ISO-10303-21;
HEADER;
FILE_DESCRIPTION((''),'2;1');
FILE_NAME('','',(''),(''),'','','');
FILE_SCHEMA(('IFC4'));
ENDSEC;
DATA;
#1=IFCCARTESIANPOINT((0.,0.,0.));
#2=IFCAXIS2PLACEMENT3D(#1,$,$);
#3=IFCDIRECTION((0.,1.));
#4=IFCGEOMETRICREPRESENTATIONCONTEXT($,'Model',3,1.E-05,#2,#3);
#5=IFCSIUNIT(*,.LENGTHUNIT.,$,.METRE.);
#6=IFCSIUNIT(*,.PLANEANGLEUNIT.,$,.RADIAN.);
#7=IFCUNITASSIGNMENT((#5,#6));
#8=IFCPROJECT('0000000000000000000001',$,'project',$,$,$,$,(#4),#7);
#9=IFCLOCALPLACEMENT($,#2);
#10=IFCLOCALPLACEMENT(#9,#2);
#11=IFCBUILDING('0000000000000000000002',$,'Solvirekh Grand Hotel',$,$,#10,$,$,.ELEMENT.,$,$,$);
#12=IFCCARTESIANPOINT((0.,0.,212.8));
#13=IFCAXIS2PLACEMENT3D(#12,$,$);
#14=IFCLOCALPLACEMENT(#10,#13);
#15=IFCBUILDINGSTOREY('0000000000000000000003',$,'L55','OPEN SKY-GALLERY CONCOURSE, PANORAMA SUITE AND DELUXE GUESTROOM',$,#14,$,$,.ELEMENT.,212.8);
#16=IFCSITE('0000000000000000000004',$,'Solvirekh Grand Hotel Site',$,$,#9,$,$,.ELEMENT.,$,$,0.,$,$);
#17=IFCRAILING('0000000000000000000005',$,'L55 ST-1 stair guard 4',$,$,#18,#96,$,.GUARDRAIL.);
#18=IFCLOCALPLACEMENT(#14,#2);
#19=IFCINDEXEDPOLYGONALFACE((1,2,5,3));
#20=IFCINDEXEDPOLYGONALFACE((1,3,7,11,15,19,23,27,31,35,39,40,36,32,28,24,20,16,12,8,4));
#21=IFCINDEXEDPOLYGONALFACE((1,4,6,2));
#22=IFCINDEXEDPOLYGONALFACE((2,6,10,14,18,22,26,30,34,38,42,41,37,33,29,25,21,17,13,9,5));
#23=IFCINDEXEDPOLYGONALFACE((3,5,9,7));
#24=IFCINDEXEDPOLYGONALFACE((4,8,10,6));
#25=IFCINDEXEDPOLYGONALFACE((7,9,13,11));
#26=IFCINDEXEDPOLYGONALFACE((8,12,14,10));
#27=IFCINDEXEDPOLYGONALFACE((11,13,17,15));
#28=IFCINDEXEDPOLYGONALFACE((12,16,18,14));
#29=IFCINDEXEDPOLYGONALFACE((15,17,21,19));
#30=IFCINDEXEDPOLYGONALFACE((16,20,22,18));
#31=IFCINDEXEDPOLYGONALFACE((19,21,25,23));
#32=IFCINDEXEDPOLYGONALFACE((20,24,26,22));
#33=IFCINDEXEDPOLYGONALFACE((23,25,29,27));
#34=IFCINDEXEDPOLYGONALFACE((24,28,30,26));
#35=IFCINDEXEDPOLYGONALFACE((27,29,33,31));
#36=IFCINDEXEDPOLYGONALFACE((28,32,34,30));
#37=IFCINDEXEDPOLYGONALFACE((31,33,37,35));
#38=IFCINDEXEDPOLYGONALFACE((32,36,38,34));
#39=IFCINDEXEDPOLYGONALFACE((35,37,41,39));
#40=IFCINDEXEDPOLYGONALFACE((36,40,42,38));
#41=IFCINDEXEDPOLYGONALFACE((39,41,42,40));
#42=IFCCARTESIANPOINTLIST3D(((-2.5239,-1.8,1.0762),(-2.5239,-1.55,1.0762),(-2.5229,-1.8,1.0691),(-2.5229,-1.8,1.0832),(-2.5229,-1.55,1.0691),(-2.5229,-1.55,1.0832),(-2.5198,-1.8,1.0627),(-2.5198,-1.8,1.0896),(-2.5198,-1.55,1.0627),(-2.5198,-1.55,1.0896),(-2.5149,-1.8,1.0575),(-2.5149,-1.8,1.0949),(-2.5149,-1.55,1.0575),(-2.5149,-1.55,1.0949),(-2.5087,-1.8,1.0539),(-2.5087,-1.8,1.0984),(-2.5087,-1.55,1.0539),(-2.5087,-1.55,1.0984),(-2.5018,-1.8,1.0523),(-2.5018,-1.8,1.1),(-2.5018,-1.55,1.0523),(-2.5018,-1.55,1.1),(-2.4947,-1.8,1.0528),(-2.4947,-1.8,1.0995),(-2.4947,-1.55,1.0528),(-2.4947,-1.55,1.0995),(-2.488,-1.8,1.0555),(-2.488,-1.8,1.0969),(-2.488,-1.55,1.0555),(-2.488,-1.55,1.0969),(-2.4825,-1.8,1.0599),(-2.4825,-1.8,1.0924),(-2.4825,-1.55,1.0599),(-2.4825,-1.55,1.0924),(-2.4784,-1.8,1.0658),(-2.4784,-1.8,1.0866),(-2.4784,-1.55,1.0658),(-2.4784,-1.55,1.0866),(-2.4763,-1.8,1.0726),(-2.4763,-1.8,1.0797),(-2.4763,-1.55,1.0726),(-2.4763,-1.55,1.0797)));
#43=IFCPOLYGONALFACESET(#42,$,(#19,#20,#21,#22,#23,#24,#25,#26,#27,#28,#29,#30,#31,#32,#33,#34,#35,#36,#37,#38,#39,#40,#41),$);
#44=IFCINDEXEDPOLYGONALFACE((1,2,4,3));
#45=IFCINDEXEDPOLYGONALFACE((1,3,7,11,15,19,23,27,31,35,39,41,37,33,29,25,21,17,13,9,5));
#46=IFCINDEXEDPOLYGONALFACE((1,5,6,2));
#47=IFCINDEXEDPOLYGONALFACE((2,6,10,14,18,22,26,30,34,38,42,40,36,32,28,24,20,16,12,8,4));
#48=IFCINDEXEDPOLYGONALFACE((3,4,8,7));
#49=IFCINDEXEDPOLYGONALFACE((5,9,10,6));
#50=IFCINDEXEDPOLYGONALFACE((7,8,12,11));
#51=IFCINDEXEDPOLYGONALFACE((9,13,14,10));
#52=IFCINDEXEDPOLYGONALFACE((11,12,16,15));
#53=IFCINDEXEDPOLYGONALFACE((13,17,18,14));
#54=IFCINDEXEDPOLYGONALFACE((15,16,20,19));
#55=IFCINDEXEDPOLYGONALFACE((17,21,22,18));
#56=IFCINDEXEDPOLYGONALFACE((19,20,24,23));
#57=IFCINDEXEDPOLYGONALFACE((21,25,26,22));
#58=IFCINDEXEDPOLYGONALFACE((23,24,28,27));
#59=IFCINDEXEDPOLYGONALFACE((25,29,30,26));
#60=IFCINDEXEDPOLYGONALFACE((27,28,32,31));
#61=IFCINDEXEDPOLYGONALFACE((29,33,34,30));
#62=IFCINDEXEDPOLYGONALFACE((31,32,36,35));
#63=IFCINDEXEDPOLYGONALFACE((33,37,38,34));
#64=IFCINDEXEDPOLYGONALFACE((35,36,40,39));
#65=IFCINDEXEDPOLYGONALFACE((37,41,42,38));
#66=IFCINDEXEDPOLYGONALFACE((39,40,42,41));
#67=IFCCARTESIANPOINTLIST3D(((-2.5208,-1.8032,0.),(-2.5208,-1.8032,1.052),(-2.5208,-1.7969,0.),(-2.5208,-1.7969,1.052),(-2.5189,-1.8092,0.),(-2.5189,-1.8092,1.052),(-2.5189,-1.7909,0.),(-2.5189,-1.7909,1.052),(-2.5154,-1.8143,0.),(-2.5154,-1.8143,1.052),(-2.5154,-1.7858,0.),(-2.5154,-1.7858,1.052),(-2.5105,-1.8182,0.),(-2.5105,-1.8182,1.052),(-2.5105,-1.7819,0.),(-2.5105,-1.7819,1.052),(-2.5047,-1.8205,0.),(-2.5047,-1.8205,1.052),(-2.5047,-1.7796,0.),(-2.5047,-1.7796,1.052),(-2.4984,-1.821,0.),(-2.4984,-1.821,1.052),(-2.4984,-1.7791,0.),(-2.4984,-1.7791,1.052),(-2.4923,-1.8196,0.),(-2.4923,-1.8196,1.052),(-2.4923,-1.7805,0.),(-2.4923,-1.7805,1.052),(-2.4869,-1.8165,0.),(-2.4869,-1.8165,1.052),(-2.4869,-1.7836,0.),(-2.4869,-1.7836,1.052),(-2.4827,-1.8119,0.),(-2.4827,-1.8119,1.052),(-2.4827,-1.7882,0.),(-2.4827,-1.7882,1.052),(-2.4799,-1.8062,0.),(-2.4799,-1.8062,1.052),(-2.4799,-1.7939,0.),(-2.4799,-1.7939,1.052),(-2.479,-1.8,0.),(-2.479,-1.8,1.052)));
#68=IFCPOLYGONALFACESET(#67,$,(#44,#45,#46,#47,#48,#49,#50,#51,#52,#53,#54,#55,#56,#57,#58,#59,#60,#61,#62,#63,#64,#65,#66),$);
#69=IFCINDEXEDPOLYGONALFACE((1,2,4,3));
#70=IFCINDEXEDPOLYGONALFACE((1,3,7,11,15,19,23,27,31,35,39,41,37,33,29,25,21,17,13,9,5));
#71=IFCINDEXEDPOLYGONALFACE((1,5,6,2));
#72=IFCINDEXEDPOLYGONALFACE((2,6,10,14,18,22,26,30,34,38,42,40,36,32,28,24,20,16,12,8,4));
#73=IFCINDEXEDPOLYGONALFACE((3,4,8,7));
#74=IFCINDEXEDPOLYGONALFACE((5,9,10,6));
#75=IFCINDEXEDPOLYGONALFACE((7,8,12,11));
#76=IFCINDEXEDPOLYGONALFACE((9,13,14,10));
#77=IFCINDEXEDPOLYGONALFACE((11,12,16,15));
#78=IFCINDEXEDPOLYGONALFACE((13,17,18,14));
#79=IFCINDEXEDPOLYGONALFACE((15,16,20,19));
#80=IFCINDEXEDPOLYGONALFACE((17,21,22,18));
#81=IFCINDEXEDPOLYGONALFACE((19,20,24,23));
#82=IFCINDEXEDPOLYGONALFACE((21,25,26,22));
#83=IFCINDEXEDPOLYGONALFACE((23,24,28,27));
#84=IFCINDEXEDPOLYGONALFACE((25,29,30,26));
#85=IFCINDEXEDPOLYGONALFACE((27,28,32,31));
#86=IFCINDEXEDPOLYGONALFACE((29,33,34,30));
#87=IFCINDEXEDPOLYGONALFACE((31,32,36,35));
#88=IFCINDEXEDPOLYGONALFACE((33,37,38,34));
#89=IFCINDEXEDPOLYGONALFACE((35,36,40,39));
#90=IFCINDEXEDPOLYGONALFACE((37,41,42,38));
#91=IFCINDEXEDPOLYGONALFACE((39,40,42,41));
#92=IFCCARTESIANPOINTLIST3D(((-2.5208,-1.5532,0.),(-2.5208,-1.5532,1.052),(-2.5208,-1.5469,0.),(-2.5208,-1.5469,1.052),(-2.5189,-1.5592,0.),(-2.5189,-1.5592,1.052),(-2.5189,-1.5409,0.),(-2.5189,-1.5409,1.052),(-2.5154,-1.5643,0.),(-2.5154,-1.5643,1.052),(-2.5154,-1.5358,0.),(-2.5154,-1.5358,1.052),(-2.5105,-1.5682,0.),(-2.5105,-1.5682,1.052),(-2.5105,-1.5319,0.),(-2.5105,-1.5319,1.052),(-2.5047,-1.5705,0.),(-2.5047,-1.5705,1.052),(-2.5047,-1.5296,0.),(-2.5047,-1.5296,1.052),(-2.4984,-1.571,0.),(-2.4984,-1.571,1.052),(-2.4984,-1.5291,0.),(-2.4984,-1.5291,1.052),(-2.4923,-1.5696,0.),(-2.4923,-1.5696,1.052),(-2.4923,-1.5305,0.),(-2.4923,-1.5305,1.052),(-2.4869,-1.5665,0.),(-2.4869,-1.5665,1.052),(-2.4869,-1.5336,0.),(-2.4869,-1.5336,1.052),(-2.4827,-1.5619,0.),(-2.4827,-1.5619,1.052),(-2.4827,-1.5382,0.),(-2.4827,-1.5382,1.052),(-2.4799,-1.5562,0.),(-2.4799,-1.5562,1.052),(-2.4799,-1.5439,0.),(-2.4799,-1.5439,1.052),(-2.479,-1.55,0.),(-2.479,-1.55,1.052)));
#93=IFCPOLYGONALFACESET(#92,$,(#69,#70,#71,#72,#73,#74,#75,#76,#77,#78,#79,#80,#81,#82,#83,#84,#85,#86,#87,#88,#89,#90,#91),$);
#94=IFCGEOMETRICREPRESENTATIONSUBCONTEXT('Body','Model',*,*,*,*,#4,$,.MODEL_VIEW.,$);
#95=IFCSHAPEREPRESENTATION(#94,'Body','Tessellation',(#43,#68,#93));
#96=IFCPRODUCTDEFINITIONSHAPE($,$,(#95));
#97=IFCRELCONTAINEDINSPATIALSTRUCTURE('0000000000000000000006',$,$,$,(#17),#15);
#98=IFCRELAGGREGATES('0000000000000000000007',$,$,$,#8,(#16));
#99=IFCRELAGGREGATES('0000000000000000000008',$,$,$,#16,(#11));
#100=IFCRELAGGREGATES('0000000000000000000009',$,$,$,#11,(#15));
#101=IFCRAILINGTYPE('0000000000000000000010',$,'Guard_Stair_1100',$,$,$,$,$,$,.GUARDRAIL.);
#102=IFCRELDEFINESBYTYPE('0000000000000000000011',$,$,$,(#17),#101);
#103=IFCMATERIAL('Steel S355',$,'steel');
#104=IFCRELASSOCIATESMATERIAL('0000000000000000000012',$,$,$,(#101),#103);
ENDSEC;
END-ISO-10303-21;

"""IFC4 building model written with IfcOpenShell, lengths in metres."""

from ifc_helpers import new_model, si_unit, direction, frame, origin, origin_2d, place, context, subcontext, project, spatial, circle, extrude, material, type_object, element, save


model = new_model("IFC4")

# Units and contexts
model_context = context("Model", 3, precision=1e-05, world=origin(), true_north=direction((0.0, 1.0)))
body_context = subcontext(model_context, "Body", "Model", "MODEL_VIEW")
ifc_project = project(units=[si_unit("LENGTHUNIT", "METRE"), si_unit("PLANEANGLEUNIT", "RADIAN")], contexts=[model_context])

# Site, building, storey
site_placement = place(None, origin())
site = spatial("IfcSite", under=ifc_project, at=site_placement, Name="Solvirekh Grand Hotel Site", CompositionType="ELEMENT", RefElevation=0.0)
building_placement = place(site_placement, origin())
building = spatial("IfcBuilding", under=site, at=building_placement, Name="Solvirekh Grand Hotel", CompositionType="ELEMENT")
storey_placement = place(building_placement, frame((0.0, 0.0, 212.8)))
storey = spatial("IfcBuildingStorey", under=building, at=storey_placement, Name="L55", Description="OPEN SKY-GALLERY CONCOURSE, PANORAMA SUITE AND DELUXE GUESTROOM", CompositionType="ELEMENT", Elevation=212.8)

# Shared definitions
ifc_material_1 = material(Name="Steel S355", Category="steel")

# Railing
railing_type_1 = type_object("IfcRailingType", Name="Guard_Stair_1100", PredefinedType="GUARDRAIL", material=ifc_material_1)
railing_1_placement = place(storey_placement, frame((-2.5, -1.8, 0.0)))
element("IfcRailing", 1, at=railing_1_placement, inside=storey, type_object=railing_type_1, Name="L55 ST-1 stair guard 4", PredefinedType="GUARDRAIL", context=body_context, shape_type="SweptSolid", body=[
    extrude(circle(Radius=0.0239, at=origin_2d()), frame((0.0, 0.0, 1.0762), z_axis=(0.0, 1.0, 0.0), x_axis=(-1.0, 0.0, 0.0)), (0.0, 0.0, 1.0), 0.25),
    extrude(circle(Radius=0.021, at=origin_2d()), origin(), (0.0, 0.0, 1.0), 1.052),
    extrude(circle(Radius=0.021, at=origin_2d()), frame((0.0, 0.25, 0.0)), (0.0, 0.0, 1.0), 1.052),
])

save(model, "model.ifc")
